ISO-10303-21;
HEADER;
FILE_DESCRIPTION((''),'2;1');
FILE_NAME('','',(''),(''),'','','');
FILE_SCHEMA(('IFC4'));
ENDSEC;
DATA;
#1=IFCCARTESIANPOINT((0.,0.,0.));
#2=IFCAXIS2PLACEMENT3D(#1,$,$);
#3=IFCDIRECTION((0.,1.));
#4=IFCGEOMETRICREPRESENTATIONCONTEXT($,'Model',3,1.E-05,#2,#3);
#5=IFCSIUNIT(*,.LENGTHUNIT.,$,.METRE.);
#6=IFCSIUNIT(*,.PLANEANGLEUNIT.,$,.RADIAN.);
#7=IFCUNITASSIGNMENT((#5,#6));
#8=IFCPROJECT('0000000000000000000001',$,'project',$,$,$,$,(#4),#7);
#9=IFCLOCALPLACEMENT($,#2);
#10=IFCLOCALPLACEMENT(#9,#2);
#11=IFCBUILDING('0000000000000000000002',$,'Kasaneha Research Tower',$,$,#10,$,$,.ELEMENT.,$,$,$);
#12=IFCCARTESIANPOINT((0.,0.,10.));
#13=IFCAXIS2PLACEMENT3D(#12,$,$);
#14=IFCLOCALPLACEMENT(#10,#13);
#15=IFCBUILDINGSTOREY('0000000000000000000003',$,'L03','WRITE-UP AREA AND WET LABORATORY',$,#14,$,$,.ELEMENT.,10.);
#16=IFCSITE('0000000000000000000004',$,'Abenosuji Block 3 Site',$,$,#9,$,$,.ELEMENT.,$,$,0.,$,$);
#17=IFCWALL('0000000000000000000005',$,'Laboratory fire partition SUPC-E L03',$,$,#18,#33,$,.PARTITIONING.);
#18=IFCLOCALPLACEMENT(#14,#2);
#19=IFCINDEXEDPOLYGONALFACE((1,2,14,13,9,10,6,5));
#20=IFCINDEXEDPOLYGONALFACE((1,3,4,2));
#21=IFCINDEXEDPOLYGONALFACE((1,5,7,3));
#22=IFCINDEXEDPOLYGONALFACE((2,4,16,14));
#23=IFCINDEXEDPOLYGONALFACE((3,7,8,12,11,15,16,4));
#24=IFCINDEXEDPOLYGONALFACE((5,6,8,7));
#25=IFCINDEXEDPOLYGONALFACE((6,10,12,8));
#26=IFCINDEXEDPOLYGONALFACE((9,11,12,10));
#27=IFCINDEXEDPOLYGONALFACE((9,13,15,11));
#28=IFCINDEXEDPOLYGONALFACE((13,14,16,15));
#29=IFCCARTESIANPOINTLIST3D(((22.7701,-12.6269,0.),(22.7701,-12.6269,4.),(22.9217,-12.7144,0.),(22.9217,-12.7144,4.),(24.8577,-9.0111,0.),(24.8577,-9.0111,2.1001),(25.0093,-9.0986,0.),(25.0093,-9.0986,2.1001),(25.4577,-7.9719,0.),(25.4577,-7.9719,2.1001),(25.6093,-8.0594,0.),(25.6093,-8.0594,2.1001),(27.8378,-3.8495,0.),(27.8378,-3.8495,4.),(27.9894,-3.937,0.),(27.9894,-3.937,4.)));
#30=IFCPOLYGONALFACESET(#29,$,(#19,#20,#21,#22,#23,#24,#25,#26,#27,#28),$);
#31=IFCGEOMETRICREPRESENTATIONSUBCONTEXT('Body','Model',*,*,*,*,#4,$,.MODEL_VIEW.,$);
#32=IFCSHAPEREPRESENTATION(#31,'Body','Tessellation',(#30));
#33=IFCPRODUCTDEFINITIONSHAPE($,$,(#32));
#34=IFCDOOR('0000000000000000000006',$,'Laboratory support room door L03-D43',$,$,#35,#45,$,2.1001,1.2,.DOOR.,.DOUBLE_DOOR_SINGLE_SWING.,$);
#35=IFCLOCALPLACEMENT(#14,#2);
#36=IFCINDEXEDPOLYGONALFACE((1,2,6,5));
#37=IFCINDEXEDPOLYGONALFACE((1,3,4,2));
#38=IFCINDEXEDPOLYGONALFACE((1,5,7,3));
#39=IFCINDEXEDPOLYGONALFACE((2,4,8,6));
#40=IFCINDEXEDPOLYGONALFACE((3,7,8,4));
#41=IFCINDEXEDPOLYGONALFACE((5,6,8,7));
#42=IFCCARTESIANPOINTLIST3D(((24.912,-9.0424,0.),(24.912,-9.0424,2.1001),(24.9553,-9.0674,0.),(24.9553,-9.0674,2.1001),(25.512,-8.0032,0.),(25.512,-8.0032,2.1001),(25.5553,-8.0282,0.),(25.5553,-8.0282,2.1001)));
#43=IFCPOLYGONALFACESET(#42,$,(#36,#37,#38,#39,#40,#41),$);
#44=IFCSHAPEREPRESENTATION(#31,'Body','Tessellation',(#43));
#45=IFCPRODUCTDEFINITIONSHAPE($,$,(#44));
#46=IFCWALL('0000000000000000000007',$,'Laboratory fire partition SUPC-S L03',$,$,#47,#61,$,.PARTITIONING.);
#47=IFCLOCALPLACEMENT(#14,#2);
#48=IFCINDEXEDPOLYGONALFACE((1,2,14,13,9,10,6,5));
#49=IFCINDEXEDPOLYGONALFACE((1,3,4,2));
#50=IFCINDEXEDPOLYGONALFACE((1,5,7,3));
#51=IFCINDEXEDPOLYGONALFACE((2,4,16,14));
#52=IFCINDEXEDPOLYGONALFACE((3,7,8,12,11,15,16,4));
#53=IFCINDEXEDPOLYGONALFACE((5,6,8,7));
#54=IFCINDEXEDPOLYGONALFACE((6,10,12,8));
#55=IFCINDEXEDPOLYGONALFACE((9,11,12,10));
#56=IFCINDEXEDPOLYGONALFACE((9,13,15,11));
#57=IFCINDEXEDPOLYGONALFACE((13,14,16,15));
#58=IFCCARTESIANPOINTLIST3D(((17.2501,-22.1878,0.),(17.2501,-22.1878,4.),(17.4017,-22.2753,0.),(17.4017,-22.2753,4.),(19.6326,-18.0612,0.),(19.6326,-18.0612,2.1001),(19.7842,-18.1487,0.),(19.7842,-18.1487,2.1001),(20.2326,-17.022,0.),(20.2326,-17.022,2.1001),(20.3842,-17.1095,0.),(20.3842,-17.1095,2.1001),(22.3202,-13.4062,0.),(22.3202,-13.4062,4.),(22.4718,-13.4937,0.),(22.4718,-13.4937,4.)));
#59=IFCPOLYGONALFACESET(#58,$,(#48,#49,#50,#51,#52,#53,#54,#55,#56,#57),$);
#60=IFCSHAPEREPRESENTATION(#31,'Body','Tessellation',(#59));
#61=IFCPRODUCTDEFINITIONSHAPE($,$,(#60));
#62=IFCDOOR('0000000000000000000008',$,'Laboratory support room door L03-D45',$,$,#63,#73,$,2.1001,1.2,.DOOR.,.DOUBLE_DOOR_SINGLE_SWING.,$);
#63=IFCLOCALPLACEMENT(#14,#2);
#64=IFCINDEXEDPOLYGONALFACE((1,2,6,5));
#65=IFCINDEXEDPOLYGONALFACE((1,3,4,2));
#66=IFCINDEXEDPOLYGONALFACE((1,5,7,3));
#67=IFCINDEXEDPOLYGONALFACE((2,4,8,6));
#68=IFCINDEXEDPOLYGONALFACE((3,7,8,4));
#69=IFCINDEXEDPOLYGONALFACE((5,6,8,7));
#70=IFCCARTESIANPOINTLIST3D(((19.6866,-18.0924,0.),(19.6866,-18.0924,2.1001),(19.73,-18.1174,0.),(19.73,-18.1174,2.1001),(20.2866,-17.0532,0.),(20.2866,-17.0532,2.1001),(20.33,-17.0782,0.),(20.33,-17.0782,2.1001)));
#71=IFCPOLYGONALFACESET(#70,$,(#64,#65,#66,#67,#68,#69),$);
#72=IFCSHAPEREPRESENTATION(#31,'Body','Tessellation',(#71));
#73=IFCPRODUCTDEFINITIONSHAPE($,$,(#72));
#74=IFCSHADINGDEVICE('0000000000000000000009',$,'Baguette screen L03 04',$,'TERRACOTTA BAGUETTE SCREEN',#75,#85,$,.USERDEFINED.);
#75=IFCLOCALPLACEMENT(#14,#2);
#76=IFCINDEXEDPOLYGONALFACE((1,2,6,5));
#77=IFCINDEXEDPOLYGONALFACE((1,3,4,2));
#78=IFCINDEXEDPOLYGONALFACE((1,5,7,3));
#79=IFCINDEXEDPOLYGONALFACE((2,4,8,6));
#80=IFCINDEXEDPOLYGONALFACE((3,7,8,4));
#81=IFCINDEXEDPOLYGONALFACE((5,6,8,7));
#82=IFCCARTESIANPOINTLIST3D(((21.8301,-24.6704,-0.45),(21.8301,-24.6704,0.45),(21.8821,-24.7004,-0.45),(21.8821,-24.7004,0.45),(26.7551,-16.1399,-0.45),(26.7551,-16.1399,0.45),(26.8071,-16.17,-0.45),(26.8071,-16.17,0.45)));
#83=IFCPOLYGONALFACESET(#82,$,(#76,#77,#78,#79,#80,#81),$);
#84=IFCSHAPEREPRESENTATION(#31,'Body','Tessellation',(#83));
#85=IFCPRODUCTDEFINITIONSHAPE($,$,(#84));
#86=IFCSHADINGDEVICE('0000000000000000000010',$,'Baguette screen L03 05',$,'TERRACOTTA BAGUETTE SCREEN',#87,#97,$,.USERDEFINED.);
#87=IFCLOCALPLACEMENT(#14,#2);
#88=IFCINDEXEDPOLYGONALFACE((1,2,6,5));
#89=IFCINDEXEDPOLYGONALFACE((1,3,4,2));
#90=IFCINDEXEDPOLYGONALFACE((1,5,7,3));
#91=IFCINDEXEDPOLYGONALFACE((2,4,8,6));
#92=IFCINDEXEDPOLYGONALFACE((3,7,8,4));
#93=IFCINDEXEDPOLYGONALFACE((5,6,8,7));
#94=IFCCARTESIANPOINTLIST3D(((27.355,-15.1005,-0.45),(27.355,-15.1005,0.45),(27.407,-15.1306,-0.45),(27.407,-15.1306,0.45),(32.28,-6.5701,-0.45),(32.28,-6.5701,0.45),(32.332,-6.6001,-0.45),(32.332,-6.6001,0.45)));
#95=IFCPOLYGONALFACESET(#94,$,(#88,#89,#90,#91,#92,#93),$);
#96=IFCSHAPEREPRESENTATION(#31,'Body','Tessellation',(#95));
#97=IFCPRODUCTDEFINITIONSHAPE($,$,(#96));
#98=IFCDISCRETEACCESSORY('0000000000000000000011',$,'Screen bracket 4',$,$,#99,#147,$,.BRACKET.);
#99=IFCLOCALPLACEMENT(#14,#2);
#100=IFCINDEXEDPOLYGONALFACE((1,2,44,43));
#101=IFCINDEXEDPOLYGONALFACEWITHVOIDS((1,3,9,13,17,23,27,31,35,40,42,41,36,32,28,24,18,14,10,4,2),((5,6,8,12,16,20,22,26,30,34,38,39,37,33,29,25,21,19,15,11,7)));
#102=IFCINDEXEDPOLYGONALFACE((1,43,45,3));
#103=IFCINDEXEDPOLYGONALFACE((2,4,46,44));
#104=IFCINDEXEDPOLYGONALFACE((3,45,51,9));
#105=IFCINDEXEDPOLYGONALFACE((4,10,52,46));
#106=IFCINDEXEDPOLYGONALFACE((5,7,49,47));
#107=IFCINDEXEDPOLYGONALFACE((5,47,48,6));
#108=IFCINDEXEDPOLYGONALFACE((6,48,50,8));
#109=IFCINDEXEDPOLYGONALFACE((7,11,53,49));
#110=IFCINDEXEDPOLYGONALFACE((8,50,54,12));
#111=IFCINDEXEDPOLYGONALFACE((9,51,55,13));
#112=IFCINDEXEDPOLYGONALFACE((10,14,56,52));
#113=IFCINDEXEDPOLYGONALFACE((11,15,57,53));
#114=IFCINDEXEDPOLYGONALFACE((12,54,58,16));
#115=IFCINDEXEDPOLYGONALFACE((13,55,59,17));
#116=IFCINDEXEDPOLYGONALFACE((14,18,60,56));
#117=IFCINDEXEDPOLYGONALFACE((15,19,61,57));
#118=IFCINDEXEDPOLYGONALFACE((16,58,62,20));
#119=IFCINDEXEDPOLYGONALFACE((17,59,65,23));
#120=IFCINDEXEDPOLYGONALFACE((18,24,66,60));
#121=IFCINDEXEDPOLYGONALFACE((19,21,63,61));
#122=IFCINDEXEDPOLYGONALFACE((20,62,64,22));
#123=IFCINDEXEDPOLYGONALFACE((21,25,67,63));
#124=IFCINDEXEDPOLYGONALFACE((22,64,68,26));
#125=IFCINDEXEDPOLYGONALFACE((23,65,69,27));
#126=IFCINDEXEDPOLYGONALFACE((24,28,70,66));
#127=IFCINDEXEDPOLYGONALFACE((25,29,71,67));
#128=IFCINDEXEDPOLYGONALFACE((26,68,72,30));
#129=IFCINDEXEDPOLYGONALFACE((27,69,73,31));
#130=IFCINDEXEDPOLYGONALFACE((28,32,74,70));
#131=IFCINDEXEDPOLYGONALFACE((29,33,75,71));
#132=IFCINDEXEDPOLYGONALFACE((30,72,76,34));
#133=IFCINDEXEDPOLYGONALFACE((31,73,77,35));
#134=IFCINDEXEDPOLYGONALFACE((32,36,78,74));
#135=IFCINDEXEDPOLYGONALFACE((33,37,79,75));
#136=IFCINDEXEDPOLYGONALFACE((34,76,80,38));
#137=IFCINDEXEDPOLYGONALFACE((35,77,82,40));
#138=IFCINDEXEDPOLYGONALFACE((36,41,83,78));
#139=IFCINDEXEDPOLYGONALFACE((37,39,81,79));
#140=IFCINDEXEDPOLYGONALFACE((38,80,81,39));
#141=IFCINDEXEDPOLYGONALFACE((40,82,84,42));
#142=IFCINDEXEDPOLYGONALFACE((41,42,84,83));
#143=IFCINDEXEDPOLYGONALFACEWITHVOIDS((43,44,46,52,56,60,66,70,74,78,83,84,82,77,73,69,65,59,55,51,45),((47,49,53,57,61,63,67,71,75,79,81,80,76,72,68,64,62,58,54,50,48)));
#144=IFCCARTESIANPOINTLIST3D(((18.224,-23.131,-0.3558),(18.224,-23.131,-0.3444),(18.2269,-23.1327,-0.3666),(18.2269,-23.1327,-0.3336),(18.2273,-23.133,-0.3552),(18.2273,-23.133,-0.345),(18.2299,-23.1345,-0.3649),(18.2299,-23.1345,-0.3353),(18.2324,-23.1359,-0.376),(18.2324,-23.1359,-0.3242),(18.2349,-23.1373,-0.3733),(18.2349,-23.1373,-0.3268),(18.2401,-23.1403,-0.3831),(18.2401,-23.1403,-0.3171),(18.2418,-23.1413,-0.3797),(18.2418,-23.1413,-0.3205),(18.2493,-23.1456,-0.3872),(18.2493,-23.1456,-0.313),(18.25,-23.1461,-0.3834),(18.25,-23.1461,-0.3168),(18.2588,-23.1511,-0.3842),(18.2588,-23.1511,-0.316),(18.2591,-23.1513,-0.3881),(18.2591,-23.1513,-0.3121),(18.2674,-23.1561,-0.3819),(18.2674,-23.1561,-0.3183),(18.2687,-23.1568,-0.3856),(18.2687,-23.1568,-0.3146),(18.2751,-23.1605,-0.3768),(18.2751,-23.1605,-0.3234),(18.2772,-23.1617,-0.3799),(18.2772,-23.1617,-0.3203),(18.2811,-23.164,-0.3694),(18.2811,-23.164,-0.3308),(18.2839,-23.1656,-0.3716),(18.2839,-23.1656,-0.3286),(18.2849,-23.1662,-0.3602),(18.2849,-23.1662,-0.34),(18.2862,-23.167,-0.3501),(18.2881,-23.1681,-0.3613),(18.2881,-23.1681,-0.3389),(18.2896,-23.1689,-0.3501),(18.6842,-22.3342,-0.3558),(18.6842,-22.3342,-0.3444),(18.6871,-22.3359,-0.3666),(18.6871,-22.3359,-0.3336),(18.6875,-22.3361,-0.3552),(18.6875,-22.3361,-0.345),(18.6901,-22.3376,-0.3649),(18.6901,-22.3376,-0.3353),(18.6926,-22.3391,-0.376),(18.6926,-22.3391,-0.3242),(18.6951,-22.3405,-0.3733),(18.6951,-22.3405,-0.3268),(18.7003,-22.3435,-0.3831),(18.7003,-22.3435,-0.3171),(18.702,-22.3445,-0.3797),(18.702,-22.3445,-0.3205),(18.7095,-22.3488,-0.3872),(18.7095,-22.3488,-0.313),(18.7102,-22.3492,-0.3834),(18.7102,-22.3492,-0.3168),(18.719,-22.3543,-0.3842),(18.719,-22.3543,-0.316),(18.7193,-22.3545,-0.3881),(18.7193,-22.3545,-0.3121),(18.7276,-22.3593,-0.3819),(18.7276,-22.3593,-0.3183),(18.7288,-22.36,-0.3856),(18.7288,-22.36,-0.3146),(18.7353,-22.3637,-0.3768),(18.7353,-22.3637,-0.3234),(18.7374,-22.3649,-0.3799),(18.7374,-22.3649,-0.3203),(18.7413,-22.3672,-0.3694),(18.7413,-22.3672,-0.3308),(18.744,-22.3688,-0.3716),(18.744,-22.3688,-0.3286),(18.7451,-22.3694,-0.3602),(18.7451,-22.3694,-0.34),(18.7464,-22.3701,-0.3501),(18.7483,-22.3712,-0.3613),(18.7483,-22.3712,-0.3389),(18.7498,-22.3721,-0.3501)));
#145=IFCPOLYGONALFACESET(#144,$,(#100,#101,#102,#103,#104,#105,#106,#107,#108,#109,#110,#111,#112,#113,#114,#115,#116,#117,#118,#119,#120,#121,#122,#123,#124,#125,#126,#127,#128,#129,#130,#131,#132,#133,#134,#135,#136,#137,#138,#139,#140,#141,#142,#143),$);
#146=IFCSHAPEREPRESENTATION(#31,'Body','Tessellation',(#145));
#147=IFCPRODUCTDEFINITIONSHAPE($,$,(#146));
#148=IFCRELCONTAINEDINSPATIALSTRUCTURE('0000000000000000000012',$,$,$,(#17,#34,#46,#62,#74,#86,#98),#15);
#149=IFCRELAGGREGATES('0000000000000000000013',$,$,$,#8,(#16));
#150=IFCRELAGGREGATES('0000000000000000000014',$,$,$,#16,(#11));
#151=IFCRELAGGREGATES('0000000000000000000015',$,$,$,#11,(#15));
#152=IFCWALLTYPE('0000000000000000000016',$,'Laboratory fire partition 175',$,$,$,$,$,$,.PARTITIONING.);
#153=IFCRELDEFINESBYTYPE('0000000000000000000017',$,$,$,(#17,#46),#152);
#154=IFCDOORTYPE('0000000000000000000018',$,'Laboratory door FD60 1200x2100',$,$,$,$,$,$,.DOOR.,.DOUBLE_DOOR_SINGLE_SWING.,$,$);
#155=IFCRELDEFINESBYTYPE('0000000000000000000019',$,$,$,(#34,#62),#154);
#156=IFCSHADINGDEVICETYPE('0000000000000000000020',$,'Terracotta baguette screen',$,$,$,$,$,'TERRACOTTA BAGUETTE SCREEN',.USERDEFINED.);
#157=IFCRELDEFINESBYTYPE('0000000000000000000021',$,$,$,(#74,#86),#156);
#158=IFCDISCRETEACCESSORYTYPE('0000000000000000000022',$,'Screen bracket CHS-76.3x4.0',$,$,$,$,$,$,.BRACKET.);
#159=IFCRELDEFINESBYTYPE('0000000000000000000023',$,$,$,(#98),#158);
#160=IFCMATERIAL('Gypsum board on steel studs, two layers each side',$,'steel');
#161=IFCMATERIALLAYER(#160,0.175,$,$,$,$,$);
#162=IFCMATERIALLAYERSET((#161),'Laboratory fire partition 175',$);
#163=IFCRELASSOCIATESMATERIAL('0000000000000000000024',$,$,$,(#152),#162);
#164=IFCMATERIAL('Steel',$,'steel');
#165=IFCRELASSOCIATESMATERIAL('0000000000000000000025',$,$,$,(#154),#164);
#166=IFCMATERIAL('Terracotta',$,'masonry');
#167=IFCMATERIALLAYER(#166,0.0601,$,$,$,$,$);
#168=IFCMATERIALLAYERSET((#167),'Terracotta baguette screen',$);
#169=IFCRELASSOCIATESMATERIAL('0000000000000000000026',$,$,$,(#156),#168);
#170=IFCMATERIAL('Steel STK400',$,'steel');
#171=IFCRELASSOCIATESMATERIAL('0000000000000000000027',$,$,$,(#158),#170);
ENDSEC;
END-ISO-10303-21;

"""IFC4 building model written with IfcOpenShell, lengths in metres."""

from ifc_helpers import new_model, si_unit, direction, frame, frame_2d, origin, origin_2d, place, context, subcontext, project, spatial, rectangle, hollow_circle, extrude, material, layer, layer_set, material_profile, profile_set, type_object, element, fill, save


model = new_model("IFC4")

# Units and contexts
model_context = context("Model", 3, precision=1e-05, world=origin(), true_north=direction((0.0, 1.0)))
body_context = subcontext(model_context, "Body", "Model", "MODEL_VIEW")
ifc_project = project(units=[si_unit("LENGTHUNIT", "METRE"), si_unit("PLANEANGLEUNIT", "RADIAN")], contexts=[model_context])

# Site, building, storey
site_placement = place(None, origin())
site = spatial("IfcSite", under=ifc_project, at=site_placement, Name="Abenosuji Block 3 Site", CompositionType="ELEMENT", RefElevation=0.0)
building_placement = place(site_placement, origin())
building = spatial("IfcBuilding", under=site, at=building_placement, Name="Kasaneha Research Tower", CompositionType="ELEMENT")
storey_placement = place(building_placement, frame((0.0, 0.0, 10.0)))
storey = spatial("IfcBuildingStorey", under=building, at=storey_placement, Name="L03", Description="WRITE-UP AREA AND WET LABORATORY", CompositionType="ELEMENT", Elevation=10.0)

# Walls, openings, doors
ifc_material_1 = material(Name="Gypsum board on steel studs, two layers each side", Category="steel")
ifc_layer_1 = layer(ifc_material_1, 0.175)
ifc_layer_set_1 = layer_set([ifc_layer_1], Name="Laboratory fire partition 175")
wall_type = type_object("IfcWallType", Name="Laboratory fire partition 175", PredefinedType="PARTITIONING", material=ifc_layer_set_1)
wall_1_placement = place(storey_placement, frame((22.8459, -12.6707, 0.0), z_axis=(0.0, 0.0, 1.0), x_axis=(0.500002, 0.866024, 0.0)))
wall_1 = element("IfcWall", 1, at=wall_1_placement, inside=storey, type_object=wall_type, Name="Laboratory fire partition SUPC-E L03", PredefinedType="PARTITIONING", context=body_context, shape_type="SweptSolid", body=[
    extrude(rectangle(XDim=10.1353, YDim=0.175, at=frame_2d((5.0676, 0.0))), origin(), (0.0, 0.0, 1.0), 4.0),
])
opening_1_placement = place(wall_1_placement, frame((4.175, 0.0, 0.0)))
opening_1 = element("IfcOpeningElement", 2, at=opening_1_placement, cuts=wall_1, PredefinedType="OPENING", context=body_context, shape_type="SweptSolid", body=[
    extrude(rectangle(XDim=1.2, YDim=2.1001, at=frame_2d((0.6001, 1.05))), frame((0.0, 0.0977, 0.0), z_axis=(0.0, -1.0, 0.0), x_axis=(1.0, 0.0, 0.0)), (0.0, 0.0, 1.0), 0.1951),
])
ifc_material_2 = material(Name="Steel", Category="steel")
door_type = type_object("IfcDoorType", Name="Laboratory door FD60 1200x2100", OperationType="DOUBLE_DOOR_SINGLE_SWING", PredefinedType="DOOR", material=ifc_material_2)
door_1_placement = place(opening_1_placement, origin())
door_1 = element("IfcDoor", 3, at=door_1_placement, inside=storey, type_object=door_type, Name="Laboratory support room door L03-D43", OperationType="DOUBLE_DOOR_SINGLE_SWING", OverallHeight=2.1001, OverallWidth=1.2, PredefinedType="DOOR", context=body_context, shape_type="SweptSolid", body=[
    extrude(rectangle(XDim=1.2, YDim=2.1001, at=frame_2d((0.6001, 1.05))), frame((0.0, 0.0249, 0.0), z_axis=(0.0, -1.0, 0.0), x_axis=(1.0, 0.0, 0.0)), (0.0, 0.0, 1.0), 0.05),
])
fill(opening_1, door_1)
wall_2_placement = place(storey_placement, frame((22.396, -13.45, 0.0), z_axis=(0.0, 0.0, 1.0), x_axis=(-0.500005, -0.866022, 0.0)))
wall_2 = element("IfcWall", 4, at=wall_2_placement, inside=storey, type_object=wall_type, Name="Laboratory fire partition SUPC-S L03", PredefinedType="PARTITIONING", context=body_context, shape_type="SweptSolid", body=[
    extrude(rectangle(XDim=10.1401, YDim=0.175, at=frame_2d((5.0701, 0.0))), origin(), (0.0, 0.0, 1.0), 4.0),
])
opening_2_placement = place(wall_2_placement, frame((4.175, 0.0, 0.0)))
opening_2 = element("IfcOpeningElement", 5, at=opening_2_placement, cuts=wall_2, PredefinedType="OPENING", context=body_context, shape_type="SweptSolid", body=[
    extrude(rectangle(XDim=1.2, YDim=2.1001, at=frame_2d((0.6001, 1.05))), frame((0.0, 0.0977, 0.0), z_axis=(0.0, -1.0, 0.0), x_axis=(1.0, 0.0, 0.0)), (0.0, 0.0, 1.0), 0.1951),
])
door_2_placement = place(opening_2_placement, origin())
door_2 = element("IfcDoor", 6, at=door_2_placement, inside=storey, type_object=door_type, Name="Laboratory support room door L03-D45", OperationType="DOUBLE_DOOR_SINGLE_SWING", OverallHeight=2.1001, OverallWidth=1.2, PredefinedType="DOOR", context=body_context, shape_type="SweptSolid", body=[
    extrude(rectangle(XDim=1.2, YDim=2.1001, at=frame_2d((0.6001, 1.05))), frame((0.0, 0.0249, 0.0), z_axis=(0.0, -1.0, 0.0), x_axis=(1.0, 0.0, 0.0)), (0.0, 0.0, 1.0), 0.05),
])
fill(opening_2, door_2)

# Shading devices
ifc_material_3 = material(Name="Terracotta", Category="masonry")
ifc_layer_2 = layer(ifc_material_3, 0.0601)
ifc_layer_set_2 = layer_set([ifc_layer_2], Name="Terracotta baguette screen")
shading_device_type = type_object("IfcShadingDeviceType", Name="Terracotta baguette screen", ElementType="TERRACOTTA BAGUETTE SCREEN", PredefinedType="USERDEFINED", material=ifc_layer_set_2)
for number, where, z_axis, x_axis, name in (
    (7, (24.3186, -20.4202, -0.45), (0.0, 0.0, 1.0), (0.5, 0.866025, 0.0), "Baguette screen L03 04"),
    (8, (29.8435, -10.8503, -0.45), (0.0, 0.0, 1.0), (0.5, 0.866025, 0.0), "Baguette screen L03 05"),
):
    element("IfcShadingDevice", number, at=place(storey_placement, frame(where, z_axis=z_axis, x_axis=x_axis)), inside=storey, type_object=shading_device_type, Name=name, ObjectType="TERRACOTTA BAGUETTE SCREEN", PredefinedType="USERDEFINED", context=body_context, shape_type="SweptSolid", body=[
        extrude(rectangle(XDim=9.8501, YDim=0.0601, at=origin_2d()), origin(), (0.0, 0.0, 1.0), 0.8999),
    ])

# Discrete accessory
ifc_material_4 = material(Name="Steel STK400", Category="steel")
ifc_material_profile_1 = material_profile(ifc_material_4, hollow_circle(Radius=0.0381, WallThickness=0.0039, at=origin_2d()), Name="CHS-76.3x4.0")
ifc_profile_set_1 = profile_set([ifc_material_profile_1], Name="Steel STK400")
discrete_accessory_type = type_object("IfcDiscreteAccessoryType", Name="Screen bracket CHS-76.3x4.0", PredefinedType="BRACKET", material=ifc_profile_set_1)
discrete_accessory_1_placement = place(storey_placement, frame((18.7168, -22.353, -0.3501), z_axis=(-0.500105, -0.865965, 0.0), x_axis=(0.865965, -0.500105, 0.0)))
element("IfcDiscreteAccessory", 9, at=discrete_accessory_1_placement, inside=storey, type_object=discrete_accessory_type, Name="Screen bracket 4", PredefinedType="BRACKET", context=body_context, shape_type="SweptSolid", body=[
    extrude(hollow_circle(Radius=0.0381, WallThickness=0.0039, at=origin_2d()), origin(), (0.0, 0.0, 1.0), 0.9202),
])

save(model, "model.ifc")
